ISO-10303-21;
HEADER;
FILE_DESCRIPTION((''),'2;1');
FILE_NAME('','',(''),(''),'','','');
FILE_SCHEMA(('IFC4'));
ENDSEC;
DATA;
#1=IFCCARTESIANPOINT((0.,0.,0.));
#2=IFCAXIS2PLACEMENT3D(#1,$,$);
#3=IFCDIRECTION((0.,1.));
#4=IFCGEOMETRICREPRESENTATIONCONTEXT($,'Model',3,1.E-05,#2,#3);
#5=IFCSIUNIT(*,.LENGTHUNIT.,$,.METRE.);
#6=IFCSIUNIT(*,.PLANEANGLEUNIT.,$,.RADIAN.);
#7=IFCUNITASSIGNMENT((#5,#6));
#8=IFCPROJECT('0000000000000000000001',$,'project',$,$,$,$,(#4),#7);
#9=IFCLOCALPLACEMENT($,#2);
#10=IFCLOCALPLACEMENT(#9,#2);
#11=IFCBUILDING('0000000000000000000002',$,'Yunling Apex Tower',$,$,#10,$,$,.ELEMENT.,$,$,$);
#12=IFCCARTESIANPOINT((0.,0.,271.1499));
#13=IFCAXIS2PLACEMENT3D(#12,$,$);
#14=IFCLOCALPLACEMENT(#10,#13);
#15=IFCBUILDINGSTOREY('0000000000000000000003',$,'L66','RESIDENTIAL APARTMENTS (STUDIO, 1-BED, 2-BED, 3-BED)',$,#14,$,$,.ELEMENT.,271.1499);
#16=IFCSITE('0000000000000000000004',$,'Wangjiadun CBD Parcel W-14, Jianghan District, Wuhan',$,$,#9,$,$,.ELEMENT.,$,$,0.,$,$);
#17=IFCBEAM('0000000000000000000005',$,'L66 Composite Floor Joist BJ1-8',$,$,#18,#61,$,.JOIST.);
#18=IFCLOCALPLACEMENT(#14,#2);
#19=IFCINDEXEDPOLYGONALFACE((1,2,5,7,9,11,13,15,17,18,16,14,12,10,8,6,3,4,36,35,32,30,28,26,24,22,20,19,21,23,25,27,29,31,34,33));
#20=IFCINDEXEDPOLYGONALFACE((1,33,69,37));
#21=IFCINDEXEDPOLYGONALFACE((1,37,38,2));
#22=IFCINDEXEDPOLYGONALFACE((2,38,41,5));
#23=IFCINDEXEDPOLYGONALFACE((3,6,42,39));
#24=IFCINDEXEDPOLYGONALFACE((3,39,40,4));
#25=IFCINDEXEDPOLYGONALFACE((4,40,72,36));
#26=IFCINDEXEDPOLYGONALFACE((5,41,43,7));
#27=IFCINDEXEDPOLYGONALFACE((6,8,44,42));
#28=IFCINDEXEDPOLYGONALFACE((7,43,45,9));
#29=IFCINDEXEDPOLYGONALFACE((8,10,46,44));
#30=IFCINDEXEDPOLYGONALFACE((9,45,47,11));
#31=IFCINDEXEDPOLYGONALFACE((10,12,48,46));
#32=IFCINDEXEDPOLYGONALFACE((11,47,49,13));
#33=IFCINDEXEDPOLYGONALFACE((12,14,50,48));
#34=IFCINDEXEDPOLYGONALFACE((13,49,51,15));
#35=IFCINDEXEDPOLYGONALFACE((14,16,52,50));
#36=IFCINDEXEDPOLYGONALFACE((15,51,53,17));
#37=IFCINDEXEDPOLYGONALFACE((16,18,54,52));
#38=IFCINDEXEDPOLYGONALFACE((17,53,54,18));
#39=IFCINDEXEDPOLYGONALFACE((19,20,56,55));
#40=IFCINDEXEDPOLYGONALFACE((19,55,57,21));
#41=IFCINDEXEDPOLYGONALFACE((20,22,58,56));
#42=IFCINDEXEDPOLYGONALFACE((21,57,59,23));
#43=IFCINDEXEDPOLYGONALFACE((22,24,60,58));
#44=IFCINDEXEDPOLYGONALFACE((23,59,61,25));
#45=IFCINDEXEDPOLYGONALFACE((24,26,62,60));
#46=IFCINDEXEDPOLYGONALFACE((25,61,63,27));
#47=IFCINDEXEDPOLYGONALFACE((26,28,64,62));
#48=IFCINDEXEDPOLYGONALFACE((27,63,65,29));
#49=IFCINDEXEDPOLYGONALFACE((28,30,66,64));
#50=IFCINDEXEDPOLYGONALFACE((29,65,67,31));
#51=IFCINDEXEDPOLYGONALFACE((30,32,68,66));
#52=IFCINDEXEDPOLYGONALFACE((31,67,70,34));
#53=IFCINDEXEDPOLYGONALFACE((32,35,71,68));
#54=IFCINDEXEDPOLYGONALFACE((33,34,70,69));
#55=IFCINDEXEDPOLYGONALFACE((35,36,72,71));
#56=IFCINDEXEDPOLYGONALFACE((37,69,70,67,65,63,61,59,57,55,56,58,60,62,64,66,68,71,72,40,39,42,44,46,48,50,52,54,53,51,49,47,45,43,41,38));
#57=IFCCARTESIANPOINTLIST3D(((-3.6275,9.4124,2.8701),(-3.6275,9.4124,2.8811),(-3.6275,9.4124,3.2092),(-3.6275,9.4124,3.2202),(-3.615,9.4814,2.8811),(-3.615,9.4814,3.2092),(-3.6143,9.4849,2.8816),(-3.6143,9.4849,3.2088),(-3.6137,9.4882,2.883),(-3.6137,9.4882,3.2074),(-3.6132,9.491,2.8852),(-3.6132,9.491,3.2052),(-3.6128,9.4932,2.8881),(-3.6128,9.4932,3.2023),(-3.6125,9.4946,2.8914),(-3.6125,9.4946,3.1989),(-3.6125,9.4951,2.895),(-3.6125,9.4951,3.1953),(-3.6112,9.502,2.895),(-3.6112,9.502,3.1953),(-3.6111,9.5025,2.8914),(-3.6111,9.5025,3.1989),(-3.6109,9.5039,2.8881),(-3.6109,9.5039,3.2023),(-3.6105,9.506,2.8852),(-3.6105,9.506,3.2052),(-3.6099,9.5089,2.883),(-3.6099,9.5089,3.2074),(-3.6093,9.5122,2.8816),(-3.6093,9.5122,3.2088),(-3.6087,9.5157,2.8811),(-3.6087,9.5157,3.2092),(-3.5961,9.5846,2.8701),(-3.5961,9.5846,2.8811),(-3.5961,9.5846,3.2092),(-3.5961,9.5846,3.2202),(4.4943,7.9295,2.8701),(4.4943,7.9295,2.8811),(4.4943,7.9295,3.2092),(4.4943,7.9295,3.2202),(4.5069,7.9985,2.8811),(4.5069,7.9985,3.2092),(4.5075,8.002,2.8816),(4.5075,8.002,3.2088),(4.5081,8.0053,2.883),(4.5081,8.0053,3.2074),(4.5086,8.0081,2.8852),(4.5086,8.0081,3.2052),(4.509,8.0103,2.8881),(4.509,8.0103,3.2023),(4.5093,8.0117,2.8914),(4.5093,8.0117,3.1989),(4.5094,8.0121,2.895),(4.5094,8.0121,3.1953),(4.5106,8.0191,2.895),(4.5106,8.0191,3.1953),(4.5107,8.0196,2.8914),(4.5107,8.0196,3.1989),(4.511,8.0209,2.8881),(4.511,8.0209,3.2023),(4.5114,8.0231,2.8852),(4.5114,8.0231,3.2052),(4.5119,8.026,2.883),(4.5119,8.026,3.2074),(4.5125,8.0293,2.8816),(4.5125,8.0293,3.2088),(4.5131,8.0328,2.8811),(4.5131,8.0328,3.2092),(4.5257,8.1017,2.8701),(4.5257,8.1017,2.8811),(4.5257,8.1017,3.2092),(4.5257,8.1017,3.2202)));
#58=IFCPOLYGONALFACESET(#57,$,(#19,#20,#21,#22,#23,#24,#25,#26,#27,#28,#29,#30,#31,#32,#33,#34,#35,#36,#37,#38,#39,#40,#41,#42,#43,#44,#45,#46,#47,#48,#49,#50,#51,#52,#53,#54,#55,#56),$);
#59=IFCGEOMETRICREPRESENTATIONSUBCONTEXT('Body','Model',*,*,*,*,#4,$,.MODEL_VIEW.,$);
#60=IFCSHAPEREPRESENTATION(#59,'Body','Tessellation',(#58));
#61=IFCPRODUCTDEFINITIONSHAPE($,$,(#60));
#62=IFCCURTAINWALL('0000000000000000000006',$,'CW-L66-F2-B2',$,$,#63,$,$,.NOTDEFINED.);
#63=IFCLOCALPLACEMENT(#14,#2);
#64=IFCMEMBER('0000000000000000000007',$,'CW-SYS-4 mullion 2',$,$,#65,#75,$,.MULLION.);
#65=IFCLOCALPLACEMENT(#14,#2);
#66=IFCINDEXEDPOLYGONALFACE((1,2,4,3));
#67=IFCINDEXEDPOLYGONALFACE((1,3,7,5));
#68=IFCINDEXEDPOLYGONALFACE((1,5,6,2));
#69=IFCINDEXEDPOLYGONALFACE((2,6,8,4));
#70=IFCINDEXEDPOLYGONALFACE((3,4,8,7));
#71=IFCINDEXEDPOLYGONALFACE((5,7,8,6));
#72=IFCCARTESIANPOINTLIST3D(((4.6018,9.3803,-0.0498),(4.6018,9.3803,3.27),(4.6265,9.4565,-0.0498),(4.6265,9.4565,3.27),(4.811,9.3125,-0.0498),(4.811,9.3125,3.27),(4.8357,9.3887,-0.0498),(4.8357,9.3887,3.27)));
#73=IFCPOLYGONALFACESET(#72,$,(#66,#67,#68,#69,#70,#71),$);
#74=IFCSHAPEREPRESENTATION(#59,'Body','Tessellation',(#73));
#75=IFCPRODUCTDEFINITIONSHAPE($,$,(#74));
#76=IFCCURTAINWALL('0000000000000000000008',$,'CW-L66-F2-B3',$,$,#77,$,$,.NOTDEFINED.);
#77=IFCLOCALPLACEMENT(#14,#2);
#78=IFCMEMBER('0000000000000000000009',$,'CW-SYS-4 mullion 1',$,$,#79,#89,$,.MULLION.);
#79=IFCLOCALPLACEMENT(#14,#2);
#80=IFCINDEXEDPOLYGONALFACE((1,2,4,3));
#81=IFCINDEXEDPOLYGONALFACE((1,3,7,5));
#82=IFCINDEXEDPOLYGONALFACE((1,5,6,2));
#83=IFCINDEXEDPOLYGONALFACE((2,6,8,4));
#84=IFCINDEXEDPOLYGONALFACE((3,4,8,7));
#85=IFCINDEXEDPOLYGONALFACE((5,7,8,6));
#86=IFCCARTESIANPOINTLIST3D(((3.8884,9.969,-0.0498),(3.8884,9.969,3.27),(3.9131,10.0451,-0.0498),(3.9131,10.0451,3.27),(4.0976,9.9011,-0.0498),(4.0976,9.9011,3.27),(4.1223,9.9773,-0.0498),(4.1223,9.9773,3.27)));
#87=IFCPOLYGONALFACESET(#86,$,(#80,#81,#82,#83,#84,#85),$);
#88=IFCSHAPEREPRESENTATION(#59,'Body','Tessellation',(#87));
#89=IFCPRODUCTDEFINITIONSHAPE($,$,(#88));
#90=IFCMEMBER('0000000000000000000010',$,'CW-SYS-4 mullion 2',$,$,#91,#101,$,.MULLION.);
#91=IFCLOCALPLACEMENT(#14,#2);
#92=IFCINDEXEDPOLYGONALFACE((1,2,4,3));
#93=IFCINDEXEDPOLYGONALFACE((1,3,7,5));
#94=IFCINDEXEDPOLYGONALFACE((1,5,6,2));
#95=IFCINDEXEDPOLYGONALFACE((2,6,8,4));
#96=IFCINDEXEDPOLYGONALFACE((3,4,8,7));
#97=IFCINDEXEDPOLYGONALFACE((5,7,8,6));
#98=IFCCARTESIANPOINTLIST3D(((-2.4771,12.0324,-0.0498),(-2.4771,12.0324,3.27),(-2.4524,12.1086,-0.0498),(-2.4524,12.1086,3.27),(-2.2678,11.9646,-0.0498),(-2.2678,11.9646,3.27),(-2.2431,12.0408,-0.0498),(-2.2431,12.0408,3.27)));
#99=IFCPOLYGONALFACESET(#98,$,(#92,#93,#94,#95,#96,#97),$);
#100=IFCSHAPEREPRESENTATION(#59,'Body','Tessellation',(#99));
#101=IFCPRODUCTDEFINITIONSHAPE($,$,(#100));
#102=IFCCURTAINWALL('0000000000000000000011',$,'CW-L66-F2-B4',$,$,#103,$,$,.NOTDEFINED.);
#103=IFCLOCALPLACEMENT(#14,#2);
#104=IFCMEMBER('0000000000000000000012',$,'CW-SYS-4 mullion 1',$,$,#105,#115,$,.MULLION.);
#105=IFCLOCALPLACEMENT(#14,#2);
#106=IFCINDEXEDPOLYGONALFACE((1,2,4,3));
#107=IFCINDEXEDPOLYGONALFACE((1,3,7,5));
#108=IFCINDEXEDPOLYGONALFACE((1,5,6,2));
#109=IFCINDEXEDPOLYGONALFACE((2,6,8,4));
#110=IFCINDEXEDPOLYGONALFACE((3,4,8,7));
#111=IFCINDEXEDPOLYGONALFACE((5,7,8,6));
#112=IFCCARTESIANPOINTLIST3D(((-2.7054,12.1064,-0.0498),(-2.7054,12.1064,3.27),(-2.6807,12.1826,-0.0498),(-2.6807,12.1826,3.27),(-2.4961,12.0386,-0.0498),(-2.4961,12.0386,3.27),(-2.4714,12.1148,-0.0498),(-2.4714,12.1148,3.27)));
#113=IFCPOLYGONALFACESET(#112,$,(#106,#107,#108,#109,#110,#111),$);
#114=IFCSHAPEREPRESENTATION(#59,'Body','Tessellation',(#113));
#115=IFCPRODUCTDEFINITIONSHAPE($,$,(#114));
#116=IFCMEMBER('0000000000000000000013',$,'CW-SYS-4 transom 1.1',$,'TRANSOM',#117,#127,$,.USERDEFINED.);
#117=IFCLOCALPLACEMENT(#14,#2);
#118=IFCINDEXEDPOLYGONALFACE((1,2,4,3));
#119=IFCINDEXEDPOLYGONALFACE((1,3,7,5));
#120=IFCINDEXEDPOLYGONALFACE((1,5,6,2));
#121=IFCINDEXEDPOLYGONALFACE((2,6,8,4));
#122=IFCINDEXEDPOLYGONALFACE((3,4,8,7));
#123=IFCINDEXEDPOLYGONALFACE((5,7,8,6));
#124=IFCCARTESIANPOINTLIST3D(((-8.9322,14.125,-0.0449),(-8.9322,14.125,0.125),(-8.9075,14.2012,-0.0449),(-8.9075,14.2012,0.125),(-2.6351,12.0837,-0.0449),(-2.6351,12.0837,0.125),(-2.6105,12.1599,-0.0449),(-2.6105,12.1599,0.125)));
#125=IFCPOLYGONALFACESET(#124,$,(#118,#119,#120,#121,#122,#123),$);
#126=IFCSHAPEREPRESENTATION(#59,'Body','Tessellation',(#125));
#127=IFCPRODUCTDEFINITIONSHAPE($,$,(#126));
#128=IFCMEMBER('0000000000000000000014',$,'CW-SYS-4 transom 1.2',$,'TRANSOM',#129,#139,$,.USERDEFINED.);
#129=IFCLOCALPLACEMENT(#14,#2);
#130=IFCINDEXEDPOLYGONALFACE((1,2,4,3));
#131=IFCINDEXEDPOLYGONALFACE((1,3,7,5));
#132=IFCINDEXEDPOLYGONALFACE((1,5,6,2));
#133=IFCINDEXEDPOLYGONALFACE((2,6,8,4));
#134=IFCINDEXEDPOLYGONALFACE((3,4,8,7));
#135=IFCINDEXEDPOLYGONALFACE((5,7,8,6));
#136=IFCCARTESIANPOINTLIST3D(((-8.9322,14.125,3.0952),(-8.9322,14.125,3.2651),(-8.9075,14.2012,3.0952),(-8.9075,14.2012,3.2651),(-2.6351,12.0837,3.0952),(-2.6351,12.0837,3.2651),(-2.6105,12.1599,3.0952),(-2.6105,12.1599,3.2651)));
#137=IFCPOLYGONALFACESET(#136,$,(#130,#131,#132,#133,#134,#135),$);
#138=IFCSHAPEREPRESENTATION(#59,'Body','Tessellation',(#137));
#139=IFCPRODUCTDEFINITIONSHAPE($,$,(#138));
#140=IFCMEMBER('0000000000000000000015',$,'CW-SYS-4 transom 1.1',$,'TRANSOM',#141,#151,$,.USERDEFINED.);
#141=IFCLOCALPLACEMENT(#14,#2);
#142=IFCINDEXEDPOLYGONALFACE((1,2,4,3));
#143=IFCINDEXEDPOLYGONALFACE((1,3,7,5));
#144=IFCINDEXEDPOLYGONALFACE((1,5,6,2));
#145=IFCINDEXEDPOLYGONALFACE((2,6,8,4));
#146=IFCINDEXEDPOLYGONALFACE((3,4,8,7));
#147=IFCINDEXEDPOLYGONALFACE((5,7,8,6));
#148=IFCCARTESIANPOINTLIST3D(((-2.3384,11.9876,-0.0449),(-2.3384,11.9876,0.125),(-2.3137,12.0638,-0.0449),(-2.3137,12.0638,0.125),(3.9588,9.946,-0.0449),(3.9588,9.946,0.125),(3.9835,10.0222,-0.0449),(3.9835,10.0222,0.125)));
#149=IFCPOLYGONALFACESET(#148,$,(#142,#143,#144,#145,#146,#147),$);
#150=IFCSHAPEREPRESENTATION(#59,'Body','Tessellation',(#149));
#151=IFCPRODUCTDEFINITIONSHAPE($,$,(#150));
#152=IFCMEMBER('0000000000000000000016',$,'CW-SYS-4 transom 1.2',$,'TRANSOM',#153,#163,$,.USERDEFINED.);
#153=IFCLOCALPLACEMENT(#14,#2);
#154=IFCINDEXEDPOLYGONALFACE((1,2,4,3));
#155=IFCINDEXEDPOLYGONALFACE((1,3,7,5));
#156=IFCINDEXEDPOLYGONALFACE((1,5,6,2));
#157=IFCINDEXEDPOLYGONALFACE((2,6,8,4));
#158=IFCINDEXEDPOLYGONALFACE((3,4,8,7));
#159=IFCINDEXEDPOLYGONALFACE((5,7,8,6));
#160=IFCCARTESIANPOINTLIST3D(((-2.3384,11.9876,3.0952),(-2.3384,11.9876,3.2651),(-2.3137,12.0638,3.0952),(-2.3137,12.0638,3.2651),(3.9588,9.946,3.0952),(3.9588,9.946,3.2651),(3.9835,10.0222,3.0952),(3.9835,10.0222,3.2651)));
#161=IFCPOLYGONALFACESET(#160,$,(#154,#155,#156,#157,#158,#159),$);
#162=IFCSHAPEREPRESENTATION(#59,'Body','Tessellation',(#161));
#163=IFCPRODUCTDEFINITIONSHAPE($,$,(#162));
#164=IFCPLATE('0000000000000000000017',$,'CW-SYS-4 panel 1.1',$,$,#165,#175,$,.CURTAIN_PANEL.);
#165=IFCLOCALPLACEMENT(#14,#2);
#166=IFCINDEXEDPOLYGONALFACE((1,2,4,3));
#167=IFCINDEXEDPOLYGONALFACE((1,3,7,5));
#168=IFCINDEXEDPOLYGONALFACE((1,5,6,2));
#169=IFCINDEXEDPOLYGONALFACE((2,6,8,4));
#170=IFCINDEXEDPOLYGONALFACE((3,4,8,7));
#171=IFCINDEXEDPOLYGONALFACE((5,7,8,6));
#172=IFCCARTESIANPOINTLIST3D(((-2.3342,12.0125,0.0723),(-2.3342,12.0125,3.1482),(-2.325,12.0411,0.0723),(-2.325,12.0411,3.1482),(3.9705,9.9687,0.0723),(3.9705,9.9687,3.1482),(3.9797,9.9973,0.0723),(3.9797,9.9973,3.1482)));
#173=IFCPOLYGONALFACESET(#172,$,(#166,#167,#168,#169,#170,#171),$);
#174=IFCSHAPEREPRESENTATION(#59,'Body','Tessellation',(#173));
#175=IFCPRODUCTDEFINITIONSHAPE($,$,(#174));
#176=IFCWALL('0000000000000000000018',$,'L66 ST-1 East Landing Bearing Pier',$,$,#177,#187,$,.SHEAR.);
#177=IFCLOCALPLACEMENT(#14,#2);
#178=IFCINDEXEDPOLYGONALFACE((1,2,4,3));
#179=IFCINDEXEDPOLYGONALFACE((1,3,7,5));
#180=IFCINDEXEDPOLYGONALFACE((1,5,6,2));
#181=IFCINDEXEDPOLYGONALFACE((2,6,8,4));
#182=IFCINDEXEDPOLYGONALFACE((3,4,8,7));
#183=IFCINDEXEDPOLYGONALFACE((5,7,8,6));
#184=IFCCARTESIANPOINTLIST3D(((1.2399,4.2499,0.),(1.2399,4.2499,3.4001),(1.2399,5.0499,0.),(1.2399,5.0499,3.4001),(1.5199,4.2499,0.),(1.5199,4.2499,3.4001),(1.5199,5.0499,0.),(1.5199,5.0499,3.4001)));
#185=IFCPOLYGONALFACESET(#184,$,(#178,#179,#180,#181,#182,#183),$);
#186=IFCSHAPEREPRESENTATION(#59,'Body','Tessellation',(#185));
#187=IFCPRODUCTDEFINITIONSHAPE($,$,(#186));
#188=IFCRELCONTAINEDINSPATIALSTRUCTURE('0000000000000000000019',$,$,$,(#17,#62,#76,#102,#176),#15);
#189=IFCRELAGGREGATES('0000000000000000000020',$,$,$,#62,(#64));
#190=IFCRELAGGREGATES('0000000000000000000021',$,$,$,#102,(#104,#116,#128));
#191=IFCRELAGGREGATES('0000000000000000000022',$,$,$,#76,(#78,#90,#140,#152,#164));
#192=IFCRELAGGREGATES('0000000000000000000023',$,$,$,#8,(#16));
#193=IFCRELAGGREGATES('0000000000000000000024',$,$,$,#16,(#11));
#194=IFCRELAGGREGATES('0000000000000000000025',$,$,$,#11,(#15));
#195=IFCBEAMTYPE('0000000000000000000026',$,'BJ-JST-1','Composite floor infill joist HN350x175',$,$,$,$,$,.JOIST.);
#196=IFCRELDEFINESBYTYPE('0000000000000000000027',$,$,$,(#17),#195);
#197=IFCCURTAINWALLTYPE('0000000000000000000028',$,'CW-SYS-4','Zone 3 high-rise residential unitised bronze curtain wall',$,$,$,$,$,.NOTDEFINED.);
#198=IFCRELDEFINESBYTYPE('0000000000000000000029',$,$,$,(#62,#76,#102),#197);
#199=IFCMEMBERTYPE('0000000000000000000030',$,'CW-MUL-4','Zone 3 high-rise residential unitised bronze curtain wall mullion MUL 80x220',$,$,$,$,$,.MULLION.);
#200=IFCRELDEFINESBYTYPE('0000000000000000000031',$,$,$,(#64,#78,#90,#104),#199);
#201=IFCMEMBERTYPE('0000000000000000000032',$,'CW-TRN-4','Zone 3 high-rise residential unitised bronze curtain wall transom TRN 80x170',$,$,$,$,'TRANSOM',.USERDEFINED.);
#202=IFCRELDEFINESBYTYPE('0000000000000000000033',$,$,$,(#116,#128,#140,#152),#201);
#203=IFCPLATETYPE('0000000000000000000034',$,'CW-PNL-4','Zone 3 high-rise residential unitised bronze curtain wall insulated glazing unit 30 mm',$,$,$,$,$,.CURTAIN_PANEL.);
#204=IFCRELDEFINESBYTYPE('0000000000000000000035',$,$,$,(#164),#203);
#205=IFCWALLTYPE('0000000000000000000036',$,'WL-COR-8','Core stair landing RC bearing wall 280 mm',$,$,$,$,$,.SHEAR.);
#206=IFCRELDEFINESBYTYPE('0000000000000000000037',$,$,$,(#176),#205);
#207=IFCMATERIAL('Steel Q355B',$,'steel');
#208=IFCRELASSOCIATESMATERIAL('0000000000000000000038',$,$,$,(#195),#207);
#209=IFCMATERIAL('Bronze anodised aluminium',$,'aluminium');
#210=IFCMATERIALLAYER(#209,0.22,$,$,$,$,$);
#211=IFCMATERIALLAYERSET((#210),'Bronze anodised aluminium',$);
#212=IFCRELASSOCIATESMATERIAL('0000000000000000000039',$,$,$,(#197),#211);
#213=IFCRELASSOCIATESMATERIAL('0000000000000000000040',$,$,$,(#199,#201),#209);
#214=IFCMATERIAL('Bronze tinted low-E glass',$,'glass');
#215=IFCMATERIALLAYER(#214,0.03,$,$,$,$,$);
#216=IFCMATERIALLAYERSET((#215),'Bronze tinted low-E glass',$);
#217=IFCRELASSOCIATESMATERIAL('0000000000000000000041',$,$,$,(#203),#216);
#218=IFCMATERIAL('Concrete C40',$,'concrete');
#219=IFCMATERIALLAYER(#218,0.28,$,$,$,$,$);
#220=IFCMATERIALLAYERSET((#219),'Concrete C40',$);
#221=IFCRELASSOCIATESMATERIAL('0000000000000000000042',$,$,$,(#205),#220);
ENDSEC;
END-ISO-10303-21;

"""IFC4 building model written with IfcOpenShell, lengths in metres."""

from ifc_helpers import new_model, si_unit, direction, frame, frame_2d, origin, origin_2d, place, context, subcontext, project, spatial, rectangle, i_section, extrude, source, transform, mapped, material, layer, layer_set, material_profile, profile_set, type_object, element, aggregate, save


model = new_model("IFC4")

# Units and contexts
model_context = context("Model", 3, precision=1e-05, world=origin(), true_north=direction((0.0, 1.0)))
body_context = subcontext(model_context, "Body", "Model", "MODEL_VIEW")
ifc_project = project(units=[si_unit("LENGTHUNIT", "METRE"), si_unit("PLANEANGLEUNIT", "RADIAN")], contexts=[model_context])

# Site, building, storey
site_placement = place(None, origin())
site = spatial("IfcSite", under=ifc_project, at=site_placement, Name="Wangjiadun CBD Parcel W-14, Jianghan District, Wuhan", CompositionType="ELEMENT", RefElevation=0.0)
building_placement = place(site_placement, origin())
building = spatial("IfcBuilding", under=site, at=building_placement, Name="Yunling Apex Tower", CompositionType="ELEMENT")
storey_placement = place(building_placement, frame((0.0, 0.0, 271.1499)))
storey = spatial("IfcBuildingStorey", under=building, at=storey_placement, Name="L66", Description="RESIDENTIAL APARTMENTS (STUDIO, 1-BED, 2-BED, 3-BED)", CompositionType="ELEMENT", Elevation=271.1499)

# Shared definitions
ifc_material_1 = material(Name="Steel Q355B", Category="steel")

# Beam
ifc_material_profile_1 = material_profile(ifc_material_1, i_section(OverallWidth=0.175, OverallDepth=0.3501, WebThickness=0.0071, FlangeThickness=0.011, FilletRadius=0.0139, at=origin_2d()))
ifc_profile_set_1 = profile_set([ifc_material_profile_1], Name="Steel Q355B")
beam_type_1 = type_object("IfcBeamType", Name="BJ-JST-1", Description="Composite floor infill joist HN350x175", PredefinedType="JOIST", material=ifc_profile_set_1)
shared_shape_1 = source(origin(), body_context, "Body", "SweptSolid", [
    extrude(i_section(OverallWidth=0.175, OverallDepth=0.3501, WebThickness=0.0071, FlangeThickness=0.011, FilletRadius=0.0139, at=origin_2d()), origin(), (0.0, 0.0, 1.0), 8.2561),
])
beam_1_placement = place(storey_placement, frame((4.51, 8.0156, 3.0452), z_axis=(-0.983737, 0.179614, 0.0), x_axis=(-0.179614, -0.983737, 0.0)))
element("IfcBeam", 1, at=beam_1_placement, inside=storey, type_object=beam_type_1, Name="L66 Composite Floor Joist BJ1-8", PredefinedType="JOIST", context=body_context, shape_type="MappedRepresentation", body=[
    mapped(shared_shape_1, transform((0.0, 0.0, 0.0), scale=1.0)),
])

# Curtain wall, member
ifc_material_2 = material(Name="Bronze anodised aluminium", Category="aluminium")
ifc_layer_1 = layer(ifc_material_2, 0.22)
ifc_layer_set_1 = layer_set([ifc_layer_1], Name="Bronze anodised aluminium")
curtain_wall_type = type_object("IfcCurtainWallType", Name="CW-SYS-4", Description="Zone 3 high-rise residential unitised bronze curtain wall", PredefinedType="NOTDEFINED", material=ifc_layer_set_1)
curtain_wall_1_placement = place(storey_placement, origin())
curtain_wall_1 = element("IfcCurtainWall", 2, at=curtain_wall_1_placement, inside=storey, type_object=curtain_wall_type, Name="CW-L66-F2-B2", PredefinedType="NOTDEFINED")
ifc_material_profile_2 = material_profile(ifc_material_2, rectangle(XDim=0.0801, YDim=0.22, at=origin_2d()))
ifc_profile_set_2 = profile_set([ifc_material_profile_2], Name="Bronze anodised aluminium")
member_type_1 = type_object("IfcMemberType", Name="CW-MUL-4", Description="Zone 3 high-rise residential unitised bronze curtain wall mullion MUL 80x220", PredefinedType="MULLION", material=ifc_profile_set_2)
shared_shape_2 = source(origin(), body_context, "Body", "SweptSolid", [
    extrude(rectangle(XDim=0.0801, YDim=0.22, at=origin_2d()), origin(), (0.0, 0.0, 1.0), 3.3198),
])
member_1_placement = place(storey_placement, frame((4.7188, 9.3845, -0.0498), z_axis=(0.0, 0.0, 1.0), x_axis=(-0.308369, -0.951267, 0.0)))
member_1 = element("IfcMember", 3, at=member_1_placement, type_object=member_type_1, Name="CW-SYS-4 mullion 2", PredefinedType="MULLION", context=body_context, shape_type="MappedRepresentation", body=[
    mapped(shared_shape_2, transform((0.0, 0.0, 0.0), scale=1.0)),
])
aggregate(curtain_wall_1, [member_1])

# Curtain walls, members
curtain_wall_2_placement = place(storey_placement, origin())
curtain_wall_2 = element("IfcCurtainWall", 4, at=curtain_wall_2_placement, inside=storey, type_object=curtain_wall_type, Name="CW-L66-F2-B3", PredefinedType="NOTDEFINED")
member_2_placement = place(storey_placement, frame((4.0054, 9.9731, -0.0498), z_axis=(0.0, 0.0, 1.0), x_axis=(-0.308371, -0.951266, 0.0)))
member_2 = element("IfcMember", 5, at=member_2_placement, type_object=member_type_1, Name="CW-SYS-4 mullion 1", PredefinedType="MULLION", context=body_context, shape_type="MappedRepresentation", body=[
    mapped(shared_shape_2, transform((0.0, 0.0, 0.0), scale=1.0)),
])
member_3_placement = place(storey_placement, frame((-2.3601, 12.0366, -0.0498), z_axis=(0.0, 0.0, 1.0), x_axis=(-0.308371, -0.951266, 0.0)))
member_3 = element("IfcMember", 6, at=member_3_placement, type_object=member_type_1, Name="CW-SYS-4 mullion 2", PredefinedType="MULLION", context=body_context, shape_type="MappedRepresentation", body=[
    mapped(shared_shape_2, transform((0.0, 0.0, 0.0), scale=1.0)),
])
curtain_wall_3_placement = place(storey_placement, origin())
curtain_wall_3 = element("IfcCurtainWall", 7, at=curtain_wall_3_placement, inside=storey, type_object=curtain_wall_type, Name="CW-L66-F2-B4", PredefinedType="NOTDEFINED")
member_4_placement = place(storey_placement, frame((-2.5884, 12.1106, -0.0498), z_axis=(0.0, 0.0, 1.0), x_axis=(-0.308353, -0.951272, 0.0)))
member_4 = element("IfcMember", 8, at=member_4_placement, type_object=member_type_1, Name="CW-SYS-4 mullion 1", PredefinedType="MULLION", context=body_context, shape_type="MappedRepresentation", body=[
    mapped(shared_shape_2, transform((0.0, 0.0, 0.0), scale=1.0)),
])
ifc_material_profile_3 = material_profile(ifc_material_2, rectangle(XDim=0.0801, YDim=0.1699, at=origin_2d()))
ifc_profile_set_3 = profile_set([ifc_material_profile_3], Name="Bronze anodised aluminium")
member_type_2 = type_object("IfcMemberType", Name="CW-TRN-4", Description="Zone 3 high-rise residential unitised bronze curtain wall transom TRN 80x170", ElementType="TRANSOM", PredefinedType="USERDEFINED", material=ifc_profile_set_3)
shared_shape_3 = source(origin(), body_context, "Body", "SweptSolid", [
    extrude(rectangle(XDim=0.0801, YDim=0.1699, at=origin_2d()), origin(), (0.0, 0.0, 1.0), 6.6196),
])
member_5_placement = place(storey_placement, frame((-2.6228, 12.1218, 0.04), z_axis=(-0.951269, 0.308361, 0.0), x_axis=(-0.308361, -0.951269, 0.0)))
member_5 = element("IfcMember", 9, at=member_5_placement, type_object=member_type_2, Name="CW-SYS-4 transom 1.1", ObjectType="TRANSOM", PredefinedType="USERDEFINED", context=body_context, shape_type="MappedRepresentation", body=[
    mapped(shared_shape_3, transform((0.0, 0.0, 0.0), scale=1.0)),
])
member_6_placement = place(storey_placement, frame((-2.6228, 12.1218, 3.1802), z_axis=(-0.951269, 0.308361, 0.0), x_axis=(-0.308361, -0.951269, 0.0)))
member_6 = element("IfcMember", 10, at=member_6_placement, type_object=member_type_2, Name="CW-SYS-4 transom 1.2", ObjectType="TRANSOM", PredefinedType="USERDEFINED", context=body_context, shape_type="MappedRepresentation", body=[
    mapped(shared_shape_3, transform((0.0, 0.0, 0.0), scale=1.0)),
])
aggregate(curtain_wall_3, [member_4, member_5, member_6])

# Members
shared_shape_4 = source(origin(), body_context, "Body", "SweptSolid", [
    extrude(rectangle(XDim=0.0801, YDim=0.1699, at=origin_2d()), origin(), (0.0, 0.0, 1.0), 6.6199),
])
member_7_placement = place(storey_placement, frame((3.9712, 9.9841, 0.04), z_axis=(-0.951258, 0.308395, 0.0), x_axis=(-0.308395, -0.951258, 0.0)))
member_7 = element("IfcMember", 11, at=member_7_placement, type_object=member_type_2, Name="CW-SYS-4 transom 1.1", ObjectType="TRANSOM", PredefinedType="USERDEFINED", context=body_context, shape_type="MappedRepresentation", body=[
    mapped(shared_shape_4, transform((0.0, 0.0, 0.0), scale=1.0)),
])
member_8_placement = place(storey_placement, frame((3.9712, 9.9841, 3.1802), z_axis=(-0.951258, 0.308395, 0.0), x_axis=(-0.308395, -0.951258, 0.0)))
member_8 = element("IfcMember", 12, at=member_8_placement, type_object=member_type_2, Name="CW-SYS-4 transom 1.2", ObjectType="TRANSOM", PredefinedType="USERDEFINED", context=body_context, shape_type="MappedRepresentation", body=[
    mapped(shared_shape_4, transform((0.0, 0.0, 0.0), scale=1.0)),
])

# Plate
ifc_material_3 = material(Name="Bronze tinted low-E glass", Category="glass")
ifc_layer_2 = layer(ifc_material_3, 0.03)
ifc_layer_set_2 = layer_set([ifc_layer_2], Name="Bronze tinted low-E glass")
plate_type = type_object("IfcPlateType", Name="CW-PNL-4", Description="Zone 3 high-rise residential unitised bronze curtain wall insulated glazing unit 30 mm", PredefinedType="CURTAIN_PANEL", material=ifc_layer_set_2)
shared_shape_5 = source(origin(), body_context, "Body", "SweptSolid", [
    extrude(rectangle(XDim=6.6277, YDim=0.03, at=origin_2d()), origin(), (0.0, 0.0, 1.0), 3.0759),
])
plate_placement = place(storey_placement, frame((0.8228, 11.0049, 0.0723), z_axis=(0.0, 0.0, 1.0), x_axis=(-0.951266, 0.308371, 0.0)))
plate = element("IfcPlate", 13, at=plate_placement, type_object=plate_type, Name="CW-SYS-4 panel 1.1", PredefinedType="CURTAIN_PANEL", context=body_context, shape_type="MappedRepresentation", body=[
    mapped(shared_shape_5, transform((0.0, 0.0, 0.0), scale=1.0)),
])
aggregate(curtain_wall_2, [member_2, member_3, member_7, member_8, plate])

# Wall
ifc_material_4 = material(Name="Concrete C40", Category="concrete")
ifc_layer_3 = layer(ifc_material_4, 0.28)
ifc_layer_set_3 = layer_set([ifc_layer_3], Name="Concrete C40")
wall_type_1 = type_object("IfcWallType", Name="WL-COR-8", Description="Core stair landing RC bearing wall 280 mm", PredefinedType="SHEAR", material=ifc_layer_set_3)
wall_1_placement = place(storey_placement, frame((1.3799, 4.25, 0.0), z_axis=(0.0, 0.0, 1.0), x_axis=(0.0, 1.0, 0.0)))
element("IfcWall", 14, at=wall_1_placement, inside=storey, type_object=wall_type_1, Name="L66 ST-1 East Landing Bearing Pier", PredefinedType="SHEAR", context=body_context, shape_type="SweptSolid", body=[
    extrude(rectangle(XDim=0.8, YDim=0.28, at=frame_2d((0.3999, 0.0))), origin(), (0.0, 0.0, 1.0), 3.4001),
])

save(model, "model.ifc")
